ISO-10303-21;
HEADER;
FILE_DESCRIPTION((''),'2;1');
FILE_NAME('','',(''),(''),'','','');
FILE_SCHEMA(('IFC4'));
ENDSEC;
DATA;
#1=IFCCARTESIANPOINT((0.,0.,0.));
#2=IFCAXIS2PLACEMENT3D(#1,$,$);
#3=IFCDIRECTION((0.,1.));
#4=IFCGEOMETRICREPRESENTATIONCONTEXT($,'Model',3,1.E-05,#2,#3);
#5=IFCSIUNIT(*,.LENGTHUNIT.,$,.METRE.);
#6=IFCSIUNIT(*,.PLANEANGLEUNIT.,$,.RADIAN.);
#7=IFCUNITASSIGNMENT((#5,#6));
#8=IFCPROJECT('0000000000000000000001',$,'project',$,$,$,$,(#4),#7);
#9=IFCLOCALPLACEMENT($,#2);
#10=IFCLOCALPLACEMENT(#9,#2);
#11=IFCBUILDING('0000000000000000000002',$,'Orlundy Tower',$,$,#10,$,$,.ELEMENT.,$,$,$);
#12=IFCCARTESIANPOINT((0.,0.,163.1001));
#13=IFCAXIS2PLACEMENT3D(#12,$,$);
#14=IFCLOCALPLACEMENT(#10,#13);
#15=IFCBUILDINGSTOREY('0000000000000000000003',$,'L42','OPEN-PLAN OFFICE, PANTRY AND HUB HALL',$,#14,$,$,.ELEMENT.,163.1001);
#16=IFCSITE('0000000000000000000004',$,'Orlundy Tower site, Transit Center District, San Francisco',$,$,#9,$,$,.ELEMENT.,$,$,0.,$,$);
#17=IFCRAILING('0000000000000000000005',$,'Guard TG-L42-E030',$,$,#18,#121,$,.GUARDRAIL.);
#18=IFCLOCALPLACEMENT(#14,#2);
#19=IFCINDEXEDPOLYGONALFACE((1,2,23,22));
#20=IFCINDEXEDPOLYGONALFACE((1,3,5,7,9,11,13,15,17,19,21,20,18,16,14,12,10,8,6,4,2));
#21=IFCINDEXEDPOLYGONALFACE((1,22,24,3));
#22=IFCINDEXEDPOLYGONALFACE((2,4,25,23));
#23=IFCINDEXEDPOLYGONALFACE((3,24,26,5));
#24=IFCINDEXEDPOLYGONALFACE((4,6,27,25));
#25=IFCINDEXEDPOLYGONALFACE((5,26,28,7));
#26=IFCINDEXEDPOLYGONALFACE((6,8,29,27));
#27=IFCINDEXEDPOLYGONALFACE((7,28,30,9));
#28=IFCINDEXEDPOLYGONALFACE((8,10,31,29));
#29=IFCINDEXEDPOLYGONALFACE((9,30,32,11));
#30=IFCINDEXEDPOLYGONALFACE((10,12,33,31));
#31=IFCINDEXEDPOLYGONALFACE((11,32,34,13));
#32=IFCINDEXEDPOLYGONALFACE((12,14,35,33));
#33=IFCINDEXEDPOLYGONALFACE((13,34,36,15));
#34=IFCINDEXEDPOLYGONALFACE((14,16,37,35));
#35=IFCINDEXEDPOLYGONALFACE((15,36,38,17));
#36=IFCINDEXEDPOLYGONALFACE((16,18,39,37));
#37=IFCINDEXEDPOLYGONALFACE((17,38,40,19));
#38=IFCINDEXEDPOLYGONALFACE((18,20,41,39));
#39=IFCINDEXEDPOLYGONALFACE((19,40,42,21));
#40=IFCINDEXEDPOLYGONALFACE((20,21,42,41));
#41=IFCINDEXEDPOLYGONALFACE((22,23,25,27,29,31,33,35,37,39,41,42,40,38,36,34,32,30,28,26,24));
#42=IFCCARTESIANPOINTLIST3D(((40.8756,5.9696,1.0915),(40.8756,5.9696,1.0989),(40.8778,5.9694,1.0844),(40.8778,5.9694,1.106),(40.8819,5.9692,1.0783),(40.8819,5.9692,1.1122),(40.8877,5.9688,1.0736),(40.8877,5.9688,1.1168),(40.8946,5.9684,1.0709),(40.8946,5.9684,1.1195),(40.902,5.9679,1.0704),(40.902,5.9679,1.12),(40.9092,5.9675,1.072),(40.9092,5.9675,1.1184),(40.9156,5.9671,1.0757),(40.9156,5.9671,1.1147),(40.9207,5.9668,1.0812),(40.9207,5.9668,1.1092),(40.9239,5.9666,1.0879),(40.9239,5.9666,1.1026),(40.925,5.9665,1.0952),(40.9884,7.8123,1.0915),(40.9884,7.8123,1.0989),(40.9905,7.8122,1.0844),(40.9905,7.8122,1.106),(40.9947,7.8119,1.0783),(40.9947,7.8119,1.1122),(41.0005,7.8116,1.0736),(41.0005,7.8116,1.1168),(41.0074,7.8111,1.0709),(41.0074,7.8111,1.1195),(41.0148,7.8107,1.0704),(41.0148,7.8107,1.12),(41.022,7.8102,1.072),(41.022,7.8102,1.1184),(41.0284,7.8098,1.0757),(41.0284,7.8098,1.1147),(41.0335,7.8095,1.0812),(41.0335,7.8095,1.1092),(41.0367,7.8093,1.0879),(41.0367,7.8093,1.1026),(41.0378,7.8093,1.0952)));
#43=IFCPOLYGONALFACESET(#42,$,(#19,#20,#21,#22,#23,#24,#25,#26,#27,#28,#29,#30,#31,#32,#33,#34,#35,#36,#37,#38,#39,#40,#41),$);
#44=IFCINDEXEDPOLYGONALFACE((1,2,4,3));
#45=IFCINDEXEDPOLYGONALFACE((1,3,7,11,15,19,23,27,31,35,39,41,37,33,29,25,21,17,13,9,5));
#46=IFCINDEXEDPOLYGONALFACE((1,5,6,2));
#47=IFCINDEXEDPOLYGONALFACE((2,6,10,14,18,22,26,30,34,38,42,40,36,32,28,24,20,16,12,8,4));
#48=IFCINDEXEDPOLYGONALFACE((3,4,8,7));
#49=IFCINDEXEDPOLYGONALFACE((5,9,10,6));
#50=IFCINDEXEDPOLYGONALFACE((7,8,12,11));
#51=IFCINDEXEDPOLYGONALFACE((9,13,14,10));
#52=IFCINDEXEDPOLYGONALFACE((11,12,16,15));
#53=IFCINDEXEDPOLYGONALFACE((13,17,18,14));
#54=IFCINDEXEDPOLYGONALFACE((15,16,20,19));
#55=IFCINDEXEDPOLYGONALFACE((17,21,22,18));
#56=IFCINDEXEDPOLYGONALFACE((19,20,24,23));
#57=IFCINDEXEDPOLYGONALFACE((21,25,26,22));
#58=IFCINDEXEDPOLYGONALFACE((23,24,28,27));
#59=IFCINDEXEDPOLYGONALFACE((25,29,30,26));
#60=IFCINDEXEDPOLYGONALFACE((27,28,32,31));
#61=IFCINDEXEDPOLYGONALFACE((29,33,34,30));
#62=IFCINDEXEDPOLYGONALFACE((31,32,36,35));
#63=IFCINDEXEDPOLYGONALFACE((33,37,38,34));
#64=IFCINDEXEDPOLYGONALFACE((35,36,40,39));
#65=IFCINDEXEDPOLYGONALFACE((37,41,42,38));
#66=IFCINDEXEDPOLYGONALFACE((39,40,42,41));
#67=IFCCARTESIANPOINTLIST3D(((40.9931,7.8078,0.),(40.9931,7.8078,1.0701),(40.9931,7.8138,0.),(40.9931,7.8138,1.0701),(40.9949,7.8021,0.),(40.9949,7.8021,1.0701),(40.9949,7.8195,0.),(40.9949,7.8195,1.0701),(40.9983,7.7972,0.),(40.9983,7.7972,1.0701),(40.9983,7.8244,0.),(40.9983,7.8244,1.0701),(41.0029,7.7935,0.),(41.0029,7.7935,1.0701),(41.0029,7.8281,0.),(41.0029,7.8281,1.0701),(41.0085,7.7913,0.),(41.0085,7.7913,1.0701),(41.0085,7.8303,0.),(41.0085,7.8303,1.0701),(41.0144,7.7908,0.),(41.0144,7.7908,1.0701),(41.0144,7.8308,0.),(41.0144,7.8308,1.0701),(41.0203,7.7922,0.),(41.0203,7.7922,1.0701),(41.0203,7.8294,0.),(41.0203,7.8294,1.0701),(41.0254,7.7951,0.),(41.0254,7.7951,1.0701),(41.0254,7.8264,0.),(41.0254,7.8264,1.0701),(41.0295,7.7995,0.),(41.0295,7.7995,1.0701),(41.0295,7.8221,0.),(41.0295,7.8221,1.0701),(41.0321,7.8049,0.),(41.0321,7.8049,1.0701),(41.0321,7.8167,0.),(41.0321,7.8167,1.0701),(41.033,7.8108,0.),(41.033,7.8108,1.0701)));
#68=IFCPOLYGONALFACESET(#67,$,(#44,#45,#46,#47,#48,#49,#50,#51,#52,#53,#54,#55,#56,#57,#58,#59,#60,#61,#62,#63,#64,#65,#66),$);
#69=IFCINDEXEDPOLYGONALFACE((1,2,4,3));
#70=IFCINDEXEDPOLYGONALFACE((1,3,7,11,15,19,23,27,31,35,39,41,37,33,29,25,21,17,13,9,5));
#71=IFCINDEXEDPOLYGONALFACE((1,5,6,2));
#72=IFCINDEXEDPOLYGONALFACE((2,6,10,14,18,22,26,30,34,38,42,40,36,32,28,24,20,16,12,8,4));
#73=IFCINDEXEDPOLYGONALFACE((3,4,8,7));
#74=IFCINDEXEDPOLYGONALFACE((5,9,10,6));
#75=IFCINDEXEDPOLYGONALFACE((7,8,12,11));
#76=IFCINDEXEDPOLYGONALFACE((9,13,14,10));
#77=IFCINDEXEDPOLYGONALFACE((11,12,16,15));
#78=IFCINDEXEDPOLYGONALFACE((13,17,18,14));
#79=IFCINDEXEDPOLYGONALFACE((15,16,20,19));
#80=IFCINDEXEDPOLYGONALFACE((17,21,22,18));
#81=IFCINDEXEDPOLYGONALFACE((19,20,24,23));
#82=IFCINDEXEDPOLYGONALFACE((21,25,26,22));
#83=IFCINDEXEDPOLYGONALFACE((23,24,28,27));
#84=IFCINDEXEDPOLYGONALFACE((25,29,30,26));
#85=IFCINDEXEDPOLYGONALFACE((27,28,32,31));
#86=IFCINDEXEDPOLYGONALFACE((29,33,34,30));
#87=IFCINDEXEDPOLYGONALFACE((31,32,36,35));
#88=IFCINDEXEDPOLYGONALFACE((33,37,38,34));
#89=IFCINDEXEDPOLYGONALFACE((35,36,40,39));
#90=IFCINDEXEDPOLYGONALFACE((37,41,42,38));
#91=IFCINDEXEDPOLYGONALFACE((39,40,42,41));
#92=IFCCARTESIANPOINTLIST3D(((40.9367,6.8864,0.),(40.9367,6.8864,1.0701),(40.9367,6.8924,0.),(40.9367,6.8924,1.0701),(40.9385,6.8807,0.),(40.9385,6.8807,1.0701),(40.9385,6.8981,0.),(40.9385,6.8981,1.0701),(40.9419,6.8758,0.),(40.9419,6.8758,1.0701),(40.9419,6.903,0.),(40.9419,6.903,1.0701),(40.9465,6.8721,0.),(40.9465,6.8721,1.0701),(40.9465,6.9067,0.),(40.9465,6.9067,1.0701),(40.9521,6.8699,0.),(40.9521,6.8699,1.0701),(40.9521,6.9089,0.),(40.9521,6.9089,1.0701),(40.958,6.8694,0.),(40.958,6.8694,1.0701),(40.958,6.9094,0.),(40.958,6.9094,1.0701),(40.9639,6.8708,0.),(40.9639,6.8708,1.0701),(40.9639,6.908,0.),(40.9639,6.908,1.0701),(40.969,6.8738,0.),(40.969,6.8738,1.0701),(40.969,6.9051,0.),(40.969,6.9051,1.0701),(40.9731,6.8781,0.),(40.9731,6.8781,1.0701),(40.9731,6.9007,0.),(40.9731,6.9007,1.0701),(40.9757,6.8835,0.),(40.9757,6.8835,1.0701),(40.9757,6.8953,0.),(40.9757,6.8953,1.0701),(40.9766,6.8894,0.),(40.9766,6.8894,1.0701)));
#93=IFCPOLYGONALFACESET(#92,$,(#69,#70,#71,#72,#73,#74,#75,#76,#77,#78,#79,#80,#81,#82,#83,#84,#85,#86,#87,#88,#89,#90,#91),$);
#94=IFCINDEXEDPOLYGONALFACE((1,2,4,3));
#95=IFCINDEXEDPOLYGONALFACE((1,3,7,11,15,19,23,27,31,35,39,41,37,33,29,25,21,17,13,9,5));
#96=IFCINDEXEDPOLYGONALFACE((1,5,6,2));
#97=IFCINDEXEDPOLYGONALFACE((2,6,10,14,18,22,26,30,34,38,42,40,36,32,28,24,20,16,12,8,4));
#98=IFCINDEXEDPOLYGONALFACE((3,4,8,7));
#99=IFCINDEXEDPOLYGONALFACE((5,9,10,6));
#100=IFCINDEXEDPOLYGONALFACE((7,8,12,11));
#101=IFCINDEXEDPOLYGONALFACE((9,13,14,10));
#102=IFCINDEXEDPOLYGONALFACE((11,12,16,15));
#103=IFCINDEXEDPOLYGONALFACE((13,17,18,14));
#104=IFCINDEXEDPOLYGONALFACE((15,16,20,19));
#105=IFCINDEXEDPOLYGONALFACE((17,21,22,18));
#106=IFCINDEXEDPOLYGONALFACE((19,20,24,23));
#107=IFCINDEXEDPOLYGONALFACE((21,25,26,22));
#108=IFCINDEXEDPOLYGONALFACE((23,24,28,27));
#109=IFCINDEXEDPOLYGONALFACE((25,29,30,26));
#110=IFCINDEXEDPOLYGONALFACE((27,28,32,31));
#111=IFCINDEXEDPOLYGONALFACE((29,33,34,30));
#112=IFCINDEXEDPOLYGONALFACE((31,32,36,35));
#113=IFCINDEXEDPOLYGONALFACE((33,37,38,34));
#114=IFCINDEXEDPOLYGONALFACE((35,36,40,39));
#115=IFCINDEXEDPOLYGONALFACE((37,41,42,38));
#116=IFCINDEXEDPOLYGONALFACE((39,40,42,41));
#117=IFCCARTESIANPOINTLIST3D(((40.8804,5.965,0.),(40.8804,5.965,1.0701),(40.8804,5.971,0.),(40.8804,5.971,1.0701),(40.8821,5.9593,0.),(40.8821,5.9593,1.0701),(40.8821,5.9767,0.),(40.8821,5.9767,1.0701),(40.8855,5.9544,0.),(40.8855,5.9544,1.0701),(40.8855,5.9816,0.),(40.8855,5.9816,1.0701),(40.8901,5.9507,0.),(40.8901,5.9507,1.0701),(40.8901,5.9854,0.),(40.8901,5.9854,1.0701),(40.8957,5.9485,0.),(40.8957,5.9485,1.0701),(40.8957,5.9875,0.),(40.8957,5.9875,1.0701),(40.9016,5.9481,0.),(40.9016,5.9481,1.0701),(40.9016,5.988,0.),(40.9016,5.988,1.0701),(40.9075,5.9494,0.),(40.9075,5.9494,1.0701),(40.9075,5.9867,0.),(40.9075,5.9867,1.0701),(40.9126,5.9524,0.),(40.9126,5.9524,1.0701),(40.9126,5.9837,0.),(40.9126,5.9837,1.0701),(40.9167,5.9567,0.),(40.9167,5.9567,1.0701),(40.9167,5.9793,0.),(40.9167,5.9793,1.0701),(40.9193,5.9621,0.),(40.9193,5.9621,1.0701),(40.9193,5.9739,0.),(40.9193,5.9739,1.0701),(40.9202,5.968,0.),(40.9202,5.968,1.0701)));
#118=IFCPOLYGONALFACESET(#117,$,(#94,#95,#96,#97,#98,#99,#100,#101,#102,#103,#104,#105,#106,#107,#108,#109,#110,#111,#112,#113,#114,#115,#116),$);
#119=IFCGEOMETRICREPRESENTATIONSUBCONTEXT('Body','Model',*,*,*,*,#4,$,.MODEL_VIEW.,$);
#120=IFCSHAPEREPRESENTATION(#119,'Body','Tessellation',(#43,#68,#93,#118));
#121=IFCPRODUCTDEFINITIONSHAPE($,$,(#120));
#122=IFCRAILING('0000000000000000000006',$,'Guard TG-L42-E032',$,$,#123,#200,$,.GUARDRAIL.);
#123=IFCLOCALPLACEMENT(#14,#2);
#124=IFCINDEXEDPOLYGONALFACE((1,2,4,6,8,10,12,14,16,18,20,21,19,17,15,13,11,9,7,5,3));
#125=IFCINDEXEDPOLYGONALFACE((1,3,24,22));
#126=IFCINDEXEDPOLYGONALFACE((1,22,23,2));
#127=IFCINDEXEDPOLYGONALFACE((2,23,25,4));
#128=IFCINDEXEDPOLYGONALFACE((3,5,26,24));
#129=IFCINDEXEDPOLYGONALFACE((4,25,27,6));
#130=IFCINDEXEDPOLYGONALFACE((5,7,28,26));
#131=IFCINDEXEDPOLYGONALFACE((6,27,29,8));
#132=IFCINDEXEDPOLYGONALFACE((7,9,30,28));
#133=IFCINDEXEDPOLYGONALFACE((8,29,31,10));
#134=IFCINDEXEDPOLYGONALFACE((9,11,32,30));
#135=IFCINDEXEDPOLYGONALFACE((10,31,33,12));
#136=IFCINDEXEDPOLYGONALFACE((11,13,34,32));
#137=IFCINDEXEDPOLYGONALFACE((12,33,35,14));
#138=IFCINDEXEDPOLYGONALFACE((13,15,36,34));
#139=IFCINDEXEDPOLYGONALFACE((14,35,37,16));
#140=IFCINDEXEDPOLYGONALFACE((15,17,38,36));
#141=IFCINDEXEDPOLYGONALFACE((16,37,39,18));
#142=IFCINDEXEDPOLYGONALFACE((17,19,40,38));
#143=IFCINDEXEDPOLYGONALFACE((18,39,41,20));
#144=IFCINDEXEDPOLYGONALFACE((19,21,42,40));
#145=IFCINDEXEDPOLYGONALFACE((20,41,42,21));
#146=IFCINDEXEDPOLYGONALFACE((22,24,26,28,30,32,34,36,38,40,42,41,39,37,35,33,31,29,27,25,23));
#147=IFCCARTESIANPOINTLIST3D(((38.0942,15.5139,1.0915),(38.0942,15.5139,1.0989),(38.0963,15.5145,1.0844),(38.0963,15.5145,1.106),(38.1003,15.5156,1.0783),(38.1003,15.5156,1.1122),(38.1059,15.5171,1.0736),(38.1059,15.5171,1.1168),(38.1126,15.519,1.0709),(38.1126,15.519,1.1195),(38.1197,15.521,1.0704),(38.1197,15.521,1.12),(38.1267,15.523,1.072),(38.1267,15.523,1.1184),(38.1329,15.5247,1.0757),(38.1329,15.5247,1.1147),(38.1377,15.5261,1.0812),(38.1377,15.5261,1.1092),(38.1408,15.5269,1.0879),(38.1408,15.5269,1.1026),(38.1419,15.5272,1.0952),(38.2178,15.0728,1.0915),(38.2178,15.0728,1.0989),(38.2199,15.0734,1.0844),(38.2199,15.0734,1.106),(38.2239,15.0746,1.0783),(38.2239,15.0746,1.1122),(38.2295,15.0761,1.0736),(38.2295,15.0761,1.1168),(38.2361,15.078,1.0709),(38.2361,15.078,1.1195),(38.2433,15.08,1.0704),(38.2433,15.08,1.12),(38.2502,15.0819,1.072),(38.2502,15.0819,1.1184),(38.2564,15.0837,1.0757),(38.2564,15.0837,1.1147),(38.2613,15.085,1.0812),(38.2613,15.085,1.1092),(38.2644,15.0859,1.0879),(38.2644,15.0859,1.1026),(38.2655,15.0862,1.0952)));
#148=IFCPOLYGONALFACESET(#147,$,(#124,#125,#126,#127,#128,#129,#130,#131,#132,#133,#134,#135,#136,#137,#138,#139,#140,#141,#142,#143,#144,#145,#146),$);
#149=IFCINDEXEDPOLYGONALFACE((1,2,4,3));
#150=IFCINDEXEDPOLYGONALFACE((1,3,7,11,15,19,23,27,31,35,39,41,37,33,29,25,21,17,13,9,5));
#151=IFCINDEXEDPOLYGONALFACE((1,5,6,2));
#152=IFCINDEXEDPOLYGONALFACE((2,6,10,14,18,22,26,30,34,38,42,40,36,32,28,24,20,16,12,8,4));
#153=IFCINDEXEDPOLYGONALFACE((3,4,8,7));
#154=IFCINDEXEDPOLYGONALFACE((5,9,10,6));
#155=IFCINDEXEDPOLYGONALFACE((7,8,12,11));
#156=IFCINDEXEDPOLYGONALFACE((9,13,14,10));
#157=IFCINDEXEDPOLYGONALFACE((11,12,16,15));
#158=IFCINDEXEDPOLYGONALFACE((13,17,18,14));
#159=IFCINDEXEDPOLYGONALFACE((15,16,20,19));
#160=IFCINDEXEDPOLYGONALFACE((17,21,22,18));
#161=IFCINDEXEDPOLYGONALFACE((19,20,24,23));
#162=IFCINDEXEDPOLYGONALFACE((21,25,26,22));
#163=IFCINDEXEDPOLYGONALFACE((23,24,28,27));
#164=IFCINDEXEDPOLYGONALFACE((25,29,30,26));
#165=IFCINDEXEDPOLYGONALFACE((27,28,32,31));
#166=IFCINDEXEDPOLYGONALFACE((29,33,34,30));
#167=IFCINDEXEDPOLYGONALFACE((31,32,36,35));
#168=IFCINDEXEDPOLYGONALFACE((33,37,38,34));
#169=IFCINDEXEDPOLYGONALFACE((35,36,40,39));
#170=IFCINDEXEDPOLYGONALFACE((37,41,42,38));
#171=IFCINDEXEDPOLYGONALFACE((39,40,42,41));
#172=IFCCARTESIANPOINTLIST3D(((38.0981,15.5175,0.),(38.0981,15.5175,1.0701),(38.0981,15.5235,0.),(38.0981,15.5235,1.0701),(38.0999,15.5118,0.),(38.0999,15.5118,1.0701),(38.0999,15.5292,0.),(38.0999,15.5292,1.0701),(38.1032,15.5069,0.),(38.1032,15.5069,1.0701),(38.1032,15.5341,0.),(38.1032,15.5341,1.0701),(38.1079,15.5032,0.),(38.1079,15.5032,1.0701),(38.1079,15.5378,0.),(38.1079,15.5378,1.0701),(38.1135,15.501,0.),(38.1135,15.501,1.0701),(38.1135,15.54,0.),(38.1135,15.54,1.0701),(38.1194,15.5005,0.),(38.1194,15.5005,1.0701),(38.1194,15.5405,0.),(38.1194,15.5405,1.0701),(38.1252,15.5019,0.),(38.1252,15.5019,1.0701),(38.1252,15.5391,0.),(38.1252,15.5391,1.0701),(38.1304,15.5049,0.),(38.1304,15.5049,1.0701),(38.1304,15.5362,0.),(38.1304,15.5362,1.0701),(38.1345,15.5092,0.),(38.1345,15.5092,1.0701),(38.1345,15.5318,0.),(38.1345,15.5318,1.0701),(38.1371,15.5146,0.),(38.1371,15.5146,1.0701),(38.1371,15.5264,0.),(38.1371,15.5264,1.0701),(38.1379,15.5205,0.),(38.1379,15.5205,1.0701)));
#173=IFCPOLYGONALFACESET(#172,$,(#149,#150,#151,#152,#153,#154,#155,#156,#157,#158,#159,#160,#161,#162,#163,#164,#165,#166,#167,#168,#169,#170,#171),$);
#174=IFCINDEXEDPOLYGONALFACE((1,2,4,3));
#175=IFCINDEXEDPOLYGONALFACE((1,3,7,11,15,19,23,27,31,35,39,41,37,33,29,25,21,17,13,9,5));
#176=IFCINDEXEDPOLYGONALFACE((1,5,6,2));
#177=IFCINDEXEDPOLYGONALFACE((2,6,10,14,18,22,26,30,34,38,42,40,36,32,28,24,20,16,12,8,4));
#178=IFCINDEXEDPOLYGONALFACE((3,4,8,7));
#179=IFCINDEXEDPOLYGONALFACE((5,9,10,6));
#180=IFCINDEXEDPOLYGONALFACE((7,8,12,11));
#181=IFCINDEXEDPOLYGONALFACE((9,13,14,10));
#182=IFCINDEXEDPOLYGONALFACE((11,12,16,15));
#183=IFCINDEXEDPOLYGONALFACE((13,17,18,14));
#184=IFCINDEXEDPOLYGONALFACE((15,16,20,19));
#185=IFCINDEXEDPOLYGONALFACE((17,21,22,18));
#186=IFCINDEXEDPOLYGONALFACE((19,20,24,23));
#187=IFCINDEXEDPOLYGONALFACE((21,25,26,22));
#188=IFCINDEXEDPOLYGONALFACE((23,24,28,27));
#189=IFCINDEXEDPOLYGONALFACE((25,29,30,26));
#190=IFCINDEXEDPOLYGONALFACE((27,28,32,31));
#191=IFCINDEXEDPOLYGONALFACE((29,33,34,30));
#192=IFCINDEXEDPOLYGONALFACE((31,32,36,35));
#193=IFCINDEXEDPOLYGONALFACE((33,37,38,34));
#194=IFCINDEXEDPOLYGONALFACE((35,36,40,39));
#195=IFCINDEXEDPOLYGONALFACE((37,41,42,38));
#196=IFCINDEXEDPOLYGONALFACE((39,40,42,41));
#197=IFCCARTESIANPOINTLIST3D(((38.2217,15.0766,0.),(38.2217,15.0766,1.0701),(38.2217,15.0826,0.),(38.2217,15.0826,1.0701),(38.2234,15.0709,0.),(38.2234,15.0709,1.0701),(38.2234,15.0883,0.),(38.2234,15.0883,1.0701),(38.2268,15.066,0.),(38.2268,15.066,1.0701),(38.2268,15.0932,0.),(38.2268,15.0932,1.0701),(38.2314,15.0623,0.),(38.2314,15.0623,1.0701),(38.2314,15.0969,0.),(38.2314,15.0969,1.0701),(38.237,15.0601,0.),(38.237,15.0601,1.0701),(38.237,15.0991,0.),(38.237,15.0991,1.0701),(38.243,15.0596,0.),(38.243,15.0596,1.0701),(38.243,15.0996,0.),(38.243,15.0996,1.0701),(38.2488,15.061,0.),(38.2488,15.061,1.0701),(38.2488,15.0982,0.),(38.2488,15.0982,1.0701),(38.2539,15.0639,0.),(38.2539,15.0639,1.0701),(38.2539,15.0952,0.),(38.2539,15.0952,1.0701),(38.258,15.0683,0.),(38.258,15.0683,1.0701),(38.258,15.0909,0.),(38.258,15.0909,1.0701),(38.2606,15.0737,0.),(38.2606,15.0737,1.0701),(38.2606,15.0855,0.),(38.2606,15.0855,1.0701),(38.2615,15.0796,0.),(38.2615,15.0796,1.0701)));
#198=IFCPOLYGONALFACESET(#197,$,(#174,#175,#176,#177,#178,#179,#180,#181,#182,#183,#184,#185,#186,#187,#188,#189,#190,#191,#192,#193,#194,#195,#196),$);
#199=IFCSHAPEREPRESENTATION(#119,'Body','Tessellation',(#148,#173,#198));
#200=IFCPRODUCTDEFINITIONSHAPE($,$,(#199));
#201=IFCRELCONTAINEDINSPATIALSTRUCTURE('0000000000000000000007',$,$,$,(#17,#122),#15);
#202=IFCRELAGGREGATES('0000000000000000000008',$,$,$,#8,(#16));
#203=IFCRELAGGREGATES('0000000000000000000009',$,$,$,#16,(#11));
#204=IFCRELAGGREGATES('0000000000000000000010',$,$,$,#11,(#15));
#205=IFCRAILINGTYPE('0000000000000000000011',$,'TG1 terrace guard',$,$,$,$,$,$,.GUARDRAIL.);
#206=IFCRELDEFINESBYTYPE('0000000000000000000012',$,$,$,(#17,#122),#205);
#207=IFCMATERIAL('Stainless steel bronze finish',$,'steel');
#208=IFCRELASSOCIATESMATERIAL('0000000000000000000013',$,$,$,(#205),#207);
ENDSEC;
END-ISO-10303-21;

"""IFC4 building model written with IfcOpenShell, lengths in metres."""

from ifc_helpers import new_model, si_unit, direction, frame, origin, origin_2d, place, context, subcontext, project, spatial, circle, extrude, material, type_object, element, save


model = new_model("IFC4")

# Units and contexts
model_context = context("Model", 3, precision=1e-05, world=origin(), true_north=direction((0.0, 1.0)))
body_context = subcontext(model_context, "Body", "Model", "MODEL_VIEW")
ifc_project = project(units=[si_unit("LENGTHUNIT", "METRE"), si_unit("PLANEANGLEUNIT", "RADIAN")], contexts=[model_context])

# Site, building, storey
site_placement = place(None, origin())
site = spatial("IfcSite", under=ifc_project, at=site_placement, Name="Orlundy Tower site, Transit Center District, San Francisco", CompositionType="ELEMENT", RefElevation=0.0)
building_placement = place(site_placement, origin())
building = spatial("IfcBuilding", under=site, at=building_placement, Name="Orlundy Tower", CompositionType="ELEMENT")
storey_placement = place(building_placement, frame((0.0, 0.0, 163.1001)))
storey = spatial("IfcBuildingStorey", under=building, at=storey_placement, Name="L42", Description="OPEN-PLAN OFFICE, PANTRY AND HUB HALL", CompositionType="ELEMENT", Elevation=163.1001)

# Railings
ifc_material_1 = material(Name="Stainless steel bronze finish", Category="steel")
railing_type = type_object("IfcRailingType", Name="TG1 terrace guard", PredefinedType="GUARDRAIL", material=ifc_material_1)
railing_1_placement = place(storey_placement, frame((41.0129, 7.8108, 0.0)))
element("IfcRailing", 1, at=railing_1_placement, inside=storey, type_object=railing_type, Name="Guard TG-L42-E030", PredefinedType="GUARDRAIL", context=body_context, shape_type="SweptSolid", body=[
    extrude(circle(Radius=0.0249, at=origin_2d()), frame((0.0, 0.0, 1.0952), z_axis=(-0.061094, -0.998132, 0.0), x_axis=(0.998132, -0.061094, 0.0)), (0.0, 0.0, 1.0), 1.8462),
    extrude(circle(Radius=0.02, at=origin_2d()), origin(), (0.0, 0.0, 1.0), 1.0701),
    extrude(circle(Radius=0.02, at=origin_2d()), frame((-0.0564, -0.9214, 0.0)), (0.0, 0.0, 1.0), 1.0701),
    extrude(circle(Radius=0.02, at=origin_2d()), frame((-0.1128, -1.8428, 0.0)), (0.0, 0.0, 1.0), 1.0701),
])
railing_2_placement = place(storey_placement, frame((38.1179, 15.5205, 0.0)))
element("IfcRailing", 2, at=railing_2_placement, inside=storey, type_object=railing_type, Name="Guard TG-L42-E032", PredefinedType="GUARDRAIL", context=body_context, shape_type="SweptSolid", body=[
    extrude(circle(Radius=0.0249, at=origin_2d()), frame((0.0, 0.0, 1.0952), z_axis=(0.269788, -0.96292, 0.0), x_axis=(0.96292, 0.269788, 0.0)), (0.0, 0.0, 1.0), 0.458),
    extrude(circle(Radius=0.02, at=origin_2d()), origin(), (0.0, 0.0, 1.0), 1.0701),
    extrude(circle(Radius=0.02, at=origin_2d()), frame((0.1235, -0.4409, 0.0)), (0.0, 0.0, 1.0), 1.0701),
])

save(model, "model.ifc")
